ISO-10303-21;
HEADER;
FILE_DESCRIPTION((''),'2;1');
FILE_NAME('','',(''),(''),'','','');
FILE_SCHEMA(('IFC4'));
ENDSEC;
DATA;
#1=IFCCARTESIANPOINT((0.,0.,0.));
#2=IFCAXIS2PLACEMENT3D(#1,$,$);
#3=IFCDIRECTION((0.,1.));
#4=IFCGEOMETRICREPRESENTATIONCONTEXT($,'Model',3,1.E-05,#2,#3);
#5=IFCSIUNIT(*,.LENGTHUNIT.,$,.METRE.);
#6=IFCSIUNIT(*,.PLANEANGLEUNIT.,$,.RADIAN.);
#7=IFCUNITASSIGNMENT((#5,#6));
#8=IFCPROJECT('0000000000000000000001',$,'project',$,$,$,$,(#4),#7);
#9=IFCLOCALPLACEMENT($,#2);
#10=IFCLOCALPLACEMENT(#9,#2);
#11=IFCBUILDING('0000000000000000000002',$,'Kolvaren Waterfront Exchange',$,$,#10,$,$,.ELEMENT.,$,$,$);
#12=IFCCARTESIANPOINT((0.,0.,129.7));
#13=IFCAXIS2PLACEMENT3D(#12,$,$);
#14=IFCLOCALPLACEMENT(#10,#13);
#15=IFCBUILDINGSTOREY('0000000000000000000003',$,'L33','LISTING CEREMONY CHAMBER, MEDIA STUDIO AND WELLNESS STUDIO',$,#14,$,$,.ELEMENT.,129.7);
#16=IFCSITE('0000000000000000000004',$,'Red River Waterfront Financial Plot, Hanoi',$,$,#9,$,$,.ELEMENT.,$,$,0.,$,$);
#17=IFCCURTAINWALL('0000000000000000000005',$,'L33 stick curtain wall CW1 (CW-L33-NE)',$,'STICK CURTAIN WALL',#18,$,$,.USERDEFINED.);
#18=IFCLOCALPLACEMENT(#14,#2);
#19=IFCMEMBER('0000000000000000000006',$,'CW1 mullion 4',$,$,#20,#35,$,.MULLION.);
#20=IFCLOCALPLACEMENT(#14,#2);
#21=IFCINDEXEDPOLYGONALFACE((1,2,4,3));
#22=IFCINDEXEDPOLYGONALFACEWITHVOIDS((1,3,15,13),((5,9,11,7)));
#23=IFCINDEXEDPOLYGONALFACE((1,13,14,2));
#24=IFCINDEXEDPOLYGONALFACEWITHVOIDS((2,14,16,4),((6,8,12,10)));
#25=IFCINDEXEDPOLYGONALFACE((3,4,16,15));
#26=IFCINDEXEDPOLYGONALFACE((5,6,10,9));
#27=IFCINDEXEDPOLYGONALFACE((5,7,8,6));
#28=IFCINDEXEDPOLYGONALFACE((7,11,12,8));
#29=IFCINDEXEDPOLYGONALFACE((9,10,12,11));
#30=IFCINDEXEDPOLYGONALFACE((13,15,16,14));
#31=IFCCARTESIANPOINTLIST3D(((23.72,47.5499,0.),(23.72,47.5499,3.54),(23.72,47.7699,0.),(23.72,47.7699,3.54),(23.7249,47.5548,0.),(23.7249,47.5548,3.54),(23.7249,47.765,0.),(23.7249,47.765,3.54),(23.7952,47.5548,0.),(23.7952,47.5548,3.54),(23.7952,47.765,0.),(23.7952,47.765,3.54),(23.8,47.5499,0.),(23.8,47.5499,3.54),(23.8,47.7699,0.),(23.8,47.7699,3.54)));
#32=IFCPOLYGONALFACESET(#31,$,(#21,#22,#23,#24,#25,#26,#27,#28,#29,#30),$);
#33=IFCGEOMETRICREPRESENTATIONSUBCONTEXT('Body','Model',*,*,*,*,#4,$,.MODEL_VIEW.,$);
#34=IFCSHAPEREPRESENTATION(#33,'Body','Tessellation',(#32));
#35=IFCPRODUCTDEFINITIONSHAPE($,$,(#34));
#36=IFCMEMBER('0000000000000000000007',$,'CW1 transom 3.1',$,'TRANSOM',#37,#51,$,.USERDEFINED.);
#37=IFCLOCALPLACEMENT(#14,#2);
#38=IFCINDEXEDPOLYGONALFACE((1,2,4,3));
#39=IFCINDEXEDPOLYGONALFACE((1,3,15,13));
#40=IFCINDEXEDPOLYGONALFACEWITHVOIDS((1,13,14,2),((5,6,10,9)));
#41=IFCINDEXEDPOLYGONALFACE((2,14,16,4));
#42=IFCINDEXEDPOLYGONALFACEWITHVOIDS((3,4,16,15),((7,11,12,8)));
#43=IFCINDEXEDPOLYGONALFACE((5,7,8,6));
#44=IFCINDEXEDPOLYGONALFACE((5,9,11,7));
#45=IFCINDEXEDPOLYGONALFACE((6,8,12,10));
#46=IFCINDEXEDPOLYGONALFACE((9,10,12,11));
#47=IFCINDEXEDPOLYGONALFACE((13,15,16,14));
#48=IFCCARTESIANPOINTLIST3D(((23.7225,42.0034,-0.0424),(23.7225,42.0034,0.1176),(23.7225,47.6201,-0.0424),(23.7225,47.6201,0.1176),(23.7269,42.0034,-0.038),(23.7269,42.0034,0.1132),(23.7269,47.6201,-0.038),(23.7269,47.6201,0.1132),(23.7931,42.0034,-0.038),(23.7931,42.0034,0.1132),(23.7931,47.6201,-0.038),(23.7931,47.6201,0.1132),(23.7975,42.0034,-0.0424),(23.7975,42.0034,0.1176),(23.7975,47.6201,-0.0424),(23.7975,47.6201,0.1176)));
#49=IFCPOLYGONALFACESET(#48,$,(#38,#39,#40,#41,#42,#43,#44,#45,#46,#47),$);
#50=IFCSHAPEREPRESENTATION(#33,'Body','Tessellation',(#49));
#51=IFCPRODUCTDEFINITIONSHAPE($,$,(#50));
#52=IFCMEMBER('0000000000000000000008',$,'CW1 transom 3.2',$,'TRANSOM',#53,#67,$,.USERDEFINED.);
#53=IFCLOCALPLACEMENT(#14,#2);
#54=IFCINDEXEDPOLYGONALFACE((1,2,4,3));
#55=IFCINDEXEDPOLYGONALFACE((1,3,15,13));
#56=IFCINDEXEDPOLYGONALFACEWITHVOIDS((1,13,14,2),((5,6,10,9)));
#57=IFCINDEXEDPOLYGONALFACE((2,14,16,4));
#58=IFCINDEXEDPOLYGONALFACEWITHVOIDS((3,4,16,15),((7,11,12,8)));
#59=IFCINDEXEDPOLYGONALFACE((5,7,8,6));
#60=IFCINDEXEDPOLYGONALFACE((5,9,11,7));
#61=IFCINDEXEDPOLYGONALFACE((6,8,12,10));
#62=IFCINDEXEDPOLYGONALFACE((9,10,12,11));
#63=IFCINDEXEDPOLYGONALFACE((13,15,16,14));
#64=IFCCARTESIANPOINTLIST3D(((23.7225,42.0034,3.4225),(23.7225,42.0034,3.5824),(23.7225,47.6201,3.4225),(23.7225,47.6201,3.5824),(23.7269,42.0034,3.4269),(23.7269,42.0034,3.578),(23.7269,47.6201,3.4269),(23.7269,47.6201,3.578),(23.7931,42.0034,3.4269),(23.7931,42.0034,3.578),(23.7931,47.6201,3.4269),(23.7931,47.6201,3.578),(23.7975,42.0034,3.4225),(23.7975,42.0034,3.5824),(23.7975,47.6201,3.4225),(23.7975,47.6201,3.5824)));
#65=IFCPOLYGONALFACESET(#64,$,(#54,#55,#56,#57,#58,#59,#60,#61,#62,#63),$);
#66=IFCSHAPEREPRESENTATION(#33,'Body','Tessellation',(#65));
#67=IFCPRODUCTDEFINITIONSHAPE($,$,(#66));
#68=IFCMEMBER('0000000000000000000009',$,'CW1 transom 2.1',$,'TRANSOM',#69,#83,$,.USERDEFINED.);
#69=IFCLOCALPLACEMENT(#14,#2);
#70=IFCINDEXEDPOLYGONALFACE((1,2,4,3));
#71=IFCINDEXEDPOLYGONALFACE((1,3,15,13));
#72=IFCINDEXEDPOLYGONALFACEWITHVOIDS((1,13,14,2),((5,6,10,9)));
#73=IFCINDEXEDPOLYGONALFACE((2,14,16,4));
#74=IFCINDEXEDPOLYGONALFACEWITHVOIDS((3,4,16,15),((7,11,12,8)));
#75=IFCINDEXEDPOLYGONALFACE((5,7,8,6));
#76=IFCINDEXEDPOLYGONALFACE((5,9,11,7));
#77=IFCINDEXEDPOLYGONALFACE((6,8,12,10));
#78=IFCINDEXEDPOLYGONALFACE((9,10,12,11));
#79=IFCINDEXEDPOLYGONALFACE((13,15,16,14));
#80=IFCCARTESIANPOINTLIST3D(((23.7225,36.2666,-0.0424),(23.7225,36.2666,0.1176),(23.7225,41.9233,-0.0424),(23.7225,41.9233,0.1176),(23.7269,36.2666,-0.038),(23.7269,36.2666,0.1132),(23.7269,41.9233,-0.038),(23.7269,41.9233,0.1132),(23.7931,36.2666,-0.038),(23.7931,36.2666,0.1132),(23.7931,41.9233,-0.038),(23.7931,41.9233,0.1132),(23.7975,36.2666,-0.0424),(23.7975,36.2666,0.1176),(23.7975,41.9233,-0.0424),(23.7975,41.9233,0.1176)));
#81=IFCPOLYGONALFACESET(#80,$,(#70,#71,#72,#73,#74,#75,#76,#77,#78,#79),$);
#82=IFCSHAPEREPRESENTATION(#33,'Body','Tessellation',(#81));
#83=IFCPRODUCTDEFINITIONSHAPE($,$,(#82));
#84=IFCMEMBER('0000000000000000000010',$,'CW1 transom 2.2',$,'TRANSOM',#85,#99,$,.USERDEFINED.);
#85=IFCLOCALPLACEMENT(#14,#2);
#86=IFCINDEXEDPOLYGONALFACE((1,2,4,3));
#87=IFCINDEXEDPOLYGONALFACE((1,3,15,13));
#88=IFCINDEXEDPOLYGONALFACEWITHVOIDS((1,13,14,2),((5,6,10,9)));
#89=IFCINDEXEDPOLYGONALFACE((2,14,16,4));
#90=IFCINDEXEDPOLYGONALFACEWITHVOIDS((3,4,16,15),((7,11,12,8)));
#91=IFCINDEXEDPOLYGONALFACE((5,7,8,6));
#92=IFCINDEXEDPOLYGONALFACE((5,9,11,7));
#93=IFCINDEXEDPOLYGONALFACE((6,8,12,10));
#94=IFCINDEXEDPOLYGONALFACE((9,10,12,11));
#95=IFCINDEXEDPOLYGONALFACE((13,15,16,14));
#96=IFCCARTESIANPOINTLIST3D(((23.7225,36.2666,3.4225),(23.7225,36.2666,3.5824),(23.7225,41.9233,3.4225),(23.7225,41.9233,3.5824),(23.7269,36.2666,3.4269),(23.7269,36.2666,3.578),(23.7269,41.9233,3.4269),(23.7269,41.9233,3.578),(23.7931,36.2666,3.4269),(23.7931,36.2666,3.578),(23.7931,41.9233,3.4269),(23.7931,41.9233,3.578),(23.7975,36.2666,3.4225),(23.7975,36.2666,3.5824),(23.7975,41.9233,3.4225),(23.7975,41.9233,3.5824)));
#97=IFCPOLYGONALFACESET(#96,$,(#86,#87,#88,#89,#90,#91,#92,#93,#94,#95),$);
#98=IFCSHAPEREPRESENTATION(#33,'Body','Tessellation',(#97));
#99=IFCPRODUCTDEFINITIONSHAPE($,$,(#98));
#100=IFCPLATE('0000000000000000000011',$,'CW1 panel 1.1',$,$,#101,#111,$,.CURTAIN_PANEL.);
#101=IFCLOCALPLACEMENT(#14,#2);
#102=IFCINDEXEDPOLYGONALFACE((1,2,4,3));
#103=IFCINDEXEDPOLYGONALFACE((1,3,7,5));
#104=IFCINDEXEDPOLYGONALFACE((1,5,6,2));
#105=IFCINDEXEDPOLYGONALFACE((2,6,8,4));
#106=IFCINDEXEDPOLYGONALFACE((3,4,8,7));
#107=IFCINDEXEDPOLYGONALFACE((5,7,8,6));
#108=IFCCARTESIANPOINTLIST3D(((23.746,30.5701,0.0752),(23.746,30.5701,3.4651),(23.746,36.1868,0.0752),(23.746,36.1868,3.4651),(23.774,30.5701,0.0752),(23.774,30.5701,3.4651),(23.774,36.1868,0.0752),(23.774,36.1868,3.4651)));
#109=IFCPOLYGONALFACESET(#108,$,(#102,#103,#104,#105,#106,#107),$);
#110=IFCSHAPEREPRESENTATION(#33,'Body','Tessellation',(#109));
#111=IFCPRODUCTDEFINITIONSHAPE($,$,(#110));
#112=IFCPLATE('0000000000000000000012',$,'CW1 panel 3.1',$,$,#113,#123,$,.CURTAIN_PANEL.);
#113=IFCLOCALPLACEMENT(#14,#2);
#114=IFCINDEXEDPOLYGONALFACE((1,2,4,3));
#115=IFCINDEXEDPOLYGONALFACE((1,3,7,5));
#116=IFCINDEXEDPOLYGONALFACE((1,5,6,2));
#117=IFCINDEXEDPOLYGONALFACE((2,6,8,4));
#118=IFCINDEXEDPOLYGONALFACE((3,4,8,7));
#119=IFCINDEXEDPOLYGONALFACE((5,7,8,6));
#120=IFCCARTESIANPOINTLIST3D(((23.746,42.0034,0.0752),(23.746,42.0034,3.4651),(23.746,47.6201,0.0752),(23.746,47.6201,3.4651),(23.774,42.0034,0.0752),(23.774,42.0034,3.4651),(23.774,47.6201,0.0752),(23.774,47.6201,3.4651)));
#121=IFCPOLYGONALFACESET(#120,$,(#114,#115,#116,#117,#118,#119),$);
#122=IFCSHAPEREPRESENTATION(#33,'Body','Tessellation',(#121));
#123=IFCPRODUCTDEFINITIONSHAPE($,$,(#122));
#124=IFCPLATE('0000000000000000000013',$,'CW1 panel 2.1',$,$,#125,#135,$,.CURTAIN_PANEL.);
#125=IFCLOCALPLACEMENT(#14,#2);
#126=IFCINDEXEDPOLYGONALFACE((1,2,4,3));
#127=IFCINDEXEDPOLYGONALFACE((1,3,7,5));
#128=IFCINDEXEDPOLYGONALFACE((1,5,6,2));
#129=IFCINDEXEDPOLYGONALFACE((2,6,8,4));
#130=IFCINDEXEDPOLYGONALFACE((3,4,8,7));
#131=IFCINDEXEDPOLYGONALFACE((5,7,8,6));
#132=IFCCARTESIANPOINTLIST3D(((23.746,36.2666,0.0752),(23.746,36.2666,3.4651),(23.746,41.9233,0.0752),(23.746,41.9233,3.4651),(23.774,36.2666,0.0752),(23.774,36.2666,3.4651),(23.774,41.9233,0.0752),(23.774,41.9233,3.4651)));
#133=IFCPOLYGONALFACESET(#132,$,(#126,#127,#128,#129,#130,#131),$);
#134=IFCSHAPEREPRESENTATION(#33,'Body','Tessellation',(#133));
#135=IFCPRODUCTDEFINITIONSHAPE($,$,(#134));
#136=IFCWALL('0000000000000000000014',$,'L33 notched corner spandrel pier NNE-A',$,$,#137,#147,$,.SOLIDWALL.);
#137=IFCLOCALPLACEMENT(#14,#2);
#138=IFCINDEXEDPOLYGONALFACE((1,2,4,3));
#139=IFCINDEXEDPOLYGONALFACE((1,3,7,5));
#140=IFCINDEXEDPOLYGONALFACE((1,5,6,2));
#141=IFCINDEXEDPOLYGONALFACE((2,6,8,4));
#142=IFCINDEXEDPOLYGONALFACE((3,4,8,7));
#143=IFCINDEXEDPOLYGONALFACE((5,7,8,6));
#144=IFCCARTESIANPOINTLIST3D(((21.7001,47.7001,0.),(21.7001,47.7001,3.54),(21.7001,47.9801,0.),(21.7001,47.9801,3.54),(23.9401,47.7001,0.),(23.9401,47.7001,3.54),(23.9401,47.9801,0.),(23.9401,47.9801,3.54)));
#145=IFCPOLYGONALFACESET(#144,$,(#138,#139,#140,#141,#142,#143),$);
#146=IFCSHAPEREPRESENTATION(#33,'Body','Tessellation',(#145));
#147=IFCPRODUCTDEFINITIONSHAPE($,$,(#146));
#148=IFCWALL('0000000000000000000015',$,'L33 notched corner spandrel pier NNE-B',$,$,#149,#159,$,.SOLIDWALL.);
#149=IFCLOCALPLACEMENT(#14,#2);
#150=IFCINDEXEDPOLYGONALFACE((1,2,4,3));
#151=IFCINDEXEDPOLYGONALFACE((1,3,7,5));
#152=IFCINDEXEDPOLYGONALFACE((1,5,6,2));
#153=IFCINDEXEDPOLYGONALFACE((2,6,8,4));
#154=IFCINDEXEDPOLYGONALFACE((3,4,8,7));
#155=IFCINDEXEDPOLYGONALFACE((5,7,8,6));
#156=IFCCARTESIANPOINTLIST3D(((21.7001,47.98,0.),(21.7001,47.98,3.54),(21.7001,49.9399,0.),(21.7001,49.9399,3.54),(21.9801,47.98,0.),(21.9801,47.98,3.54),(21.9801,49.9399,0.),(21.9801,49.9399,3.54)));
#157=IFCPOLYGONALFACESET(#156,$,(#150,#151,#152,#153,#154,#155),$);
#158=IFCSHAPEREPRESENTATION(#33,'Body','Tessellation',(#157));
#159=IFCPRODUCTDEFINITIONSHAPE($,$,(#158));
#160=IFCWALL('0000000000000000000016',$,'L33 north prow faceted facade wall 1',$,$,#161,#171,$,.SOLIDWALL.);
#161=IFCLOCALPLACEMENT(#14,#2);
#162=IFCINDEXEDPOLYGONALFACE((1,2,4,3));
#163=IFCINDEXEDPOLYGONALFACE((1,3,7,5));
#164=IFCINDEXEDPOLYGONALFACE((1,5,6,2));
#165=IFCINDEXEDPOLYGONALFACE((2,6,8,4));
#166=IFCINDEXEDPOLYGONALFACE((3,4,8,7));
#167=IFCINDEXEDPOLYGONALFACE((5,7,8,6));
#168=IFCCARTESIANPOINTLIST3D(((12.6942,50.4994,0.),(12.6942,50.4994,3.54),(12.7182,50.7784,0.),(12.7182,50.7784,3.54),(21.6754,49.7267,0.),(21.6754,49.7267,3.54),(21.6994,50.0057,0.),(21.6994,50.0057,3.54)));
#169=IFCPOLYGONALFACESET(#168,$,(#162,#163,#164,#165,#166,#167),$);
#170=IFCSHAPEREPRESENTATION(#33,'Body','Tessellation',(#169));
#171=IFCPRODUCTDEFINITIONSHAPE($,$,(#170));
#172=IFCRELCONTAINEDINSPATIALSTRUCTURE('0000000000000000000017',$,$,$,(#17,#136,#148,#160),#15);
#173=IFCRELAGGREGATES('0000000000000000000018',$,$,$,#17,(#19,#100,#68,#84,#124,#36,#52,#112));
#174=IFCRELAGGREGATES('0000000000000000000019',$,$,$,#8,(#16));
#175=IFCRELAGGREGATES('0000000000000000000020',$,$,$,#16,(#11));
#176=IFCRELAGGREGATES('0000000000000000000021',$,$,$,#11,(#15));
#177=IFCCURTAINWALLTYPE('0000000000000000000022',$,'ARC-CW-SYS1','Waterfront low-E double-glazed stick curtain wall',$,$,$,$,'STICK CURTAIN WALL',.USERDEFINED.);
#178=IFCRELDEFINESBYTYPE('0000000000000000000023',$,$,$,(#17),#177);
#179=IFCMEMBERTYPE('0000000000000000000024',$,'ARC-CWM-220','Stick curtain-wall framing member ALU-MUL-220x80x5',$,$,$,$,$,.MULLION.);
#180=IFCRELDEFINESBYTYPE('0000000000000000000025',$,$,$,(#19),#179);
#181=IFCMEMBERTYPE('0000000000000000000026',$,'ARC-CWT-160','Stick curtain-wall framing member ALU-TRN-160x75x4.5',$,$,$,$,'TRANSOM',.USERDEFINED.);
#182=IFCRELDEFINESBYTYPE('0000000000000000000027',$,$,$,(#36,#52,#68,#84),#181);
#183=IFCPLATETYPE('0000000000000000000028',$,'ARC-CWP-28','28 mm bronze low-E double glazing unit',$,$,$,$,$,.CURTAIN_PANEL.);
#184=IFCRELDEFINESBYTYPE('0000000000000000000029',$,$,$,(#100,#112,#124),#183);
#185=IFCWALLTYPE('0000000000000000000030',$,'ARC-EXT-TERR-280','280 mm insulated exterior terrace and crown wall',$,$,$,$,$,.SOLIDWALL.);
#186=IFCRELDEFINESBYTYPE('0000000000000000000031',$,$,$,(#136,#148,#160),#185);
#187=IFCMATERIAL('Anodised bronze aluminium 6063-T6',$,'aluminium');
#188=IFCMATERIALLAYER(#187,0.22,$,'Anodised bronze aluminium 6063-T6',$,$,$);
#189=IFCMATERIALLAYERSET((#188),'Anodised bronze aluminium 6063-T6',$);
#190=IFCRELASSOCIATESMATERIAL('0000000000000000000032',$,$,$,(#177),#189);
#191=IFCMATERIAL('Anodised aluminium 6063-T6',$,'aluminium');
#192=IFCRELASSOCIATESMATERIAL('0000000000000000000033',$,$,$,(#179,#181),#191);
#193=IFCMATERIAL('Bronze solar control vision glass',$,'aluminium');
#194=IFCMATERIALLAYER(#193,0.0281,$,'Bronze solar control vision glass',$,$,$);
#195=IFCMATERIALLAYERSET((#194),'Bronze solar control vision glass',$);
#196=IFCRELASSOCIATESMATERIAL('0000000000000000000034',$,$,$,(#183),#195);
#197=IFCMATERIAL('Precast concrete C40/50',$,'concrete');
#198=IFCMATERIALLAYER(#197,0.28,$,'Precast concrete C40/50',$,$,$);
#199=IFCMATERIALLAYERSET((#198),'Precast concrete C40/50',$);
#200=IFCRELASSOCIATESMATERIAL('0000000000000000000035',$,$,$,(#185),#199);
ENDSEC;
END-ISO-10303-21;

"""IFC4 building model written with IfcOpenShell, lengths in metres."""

from ifc_helpers import new_model, si_unit, direction, frame, frame_2d, origin, origin_with_axes, origin_2d, place, context, subcontext, project, spatial, rectangle, hollow_rectangle, extrude, source, transform, mapped, material, layer, layer_set, material_profile, profile_set, type_object, element, aggregate, save


model = new_model("IFC4")

# Units and contexts
model_context = context("Model", 3, precision=1e-05, world=origin(), true_north=direction((0.0, 1.0)))
body_context = subcontext(model_context, "Body", "Model", "MODEL_VIEW")
ifc_project = project(units=[si_unit("LENGTHUNIT", "METRE"), si_unit("PLANEANGLEUNIT", "RADIAN")], contexts=[model_context])

# Site, building, storey
site_placement = place(None, origin())
site = spatial("IfcSite", under=ifc_project, at=site_placement, Name="Red River Waterfront Financial Plot, Hanoi", CompositionType="ELEMENT", RefElevation=0.0)
building_placement = place(site_placement, origin())
building = spatial("IfcBuilding", under=site, at=building_placement, Name="Kolvaren Waterfront Exchange", CompositionType="ELEMENT")
storey_placement = place(building_placement, frame((0.0, 0.0, 129.7)))
storey = spatial("IfcBuildingStorey", under=building, at=storey_placement, Name="L33", Description="LISTING CEREMONY CHAMBER, MEDIA STUDIO AND WELLNESS STUDIO", CompositionType="ELEMENT", Elevation=129.7)

# Curtain wall, members, plates
ifc_material_1 = material(Name="Anodised bronze aluminium 6063-T6", Category="aluminium")
ifc_layer_1 = layer(ifc_material_1, 0.22, Name="Anodised bronze aluminium 6063-T6")
ifc_layer_set_1 = layer_set([ifc_layer_1], Name="Anodised bronze aluminium 6063-T6")
curtain_wall_type = type_object("IfcCurtainWallType", Name="ARC-CW-SYS1", Description="Waterfront low-E double-glazed stick curtain wall", ElementType="STICK CURTAIN WALL", PredefinedType="USERDEFINED", material=ifc_layer_set_1)
curtain_wall_placement = place(storey_placement, origin())
curtain_wall = element("IfcCurtainWall", 1, at=curtain_wall_placement, inside=storey, type_object=curtain_wall_type, Name="L33 stick curtain wall CW1 (CW-L33-NE)", ObjectType="STICK CURTAIN WALL", PredefinedType="USERDEFINED")
ifc_material_2 = material(Name="Anodised aluminium 6063-T6", Category="aluminium")
ifc_material_profile_1 = material_profile(ifc_material_2, hollow_rectangle(XDim=0.0801, YDim=0.22, WallThickness=0.0049, at=origin_2d()), Name="ALU-MUL-220x80x5")
ifc_profile_set_1 = profile_set([ifc_material_profile_1], Name="Anodised aluminium 6063-T6")
member_type_1 = type_object("IfcMemberType", Name="ARC-CWM-220", Description="Stick curtain-wall framing member ALU-MUL-220x80x5", PredefinedType="MULLION", material=ifc_profile_set_1)
shared_shape_1 = source(origin_with_axes(), body_context, "Body", "SweptSolid", [
    extrude(hollow_rectangle(XDim=0.0801, YDim=0.22, WallThickness=0.0049, at=origin_2d()), origin(), (0.0, 0.0, 1.0), 3.54),
])
member_1_placement = place(storey_placement, frame((23.76, 47.6599, 0.0), z_axis=(0.0, 0.0, 1.0), x_axis=(-1.0, 0.0, 0.0)))
member_1 = element("IfcMember", 2, at=member_1_placement, type_object=member_type_1, Name="CW1 mullion 4", PredefinedType="MULLION", context=body_context, shape_type="MappedRepresentation", body=[
    mapped(shared_shape_1, transform((0.0, 0.0, 0.0), x_axis=(1.0, 0.0, 0.0), y_axis=(0.0, 1.0, 0.0), z_axis=(0.0, 0.0, 1.0), scale=1.0)),
])
ifc_material_profile_2 = material_profile(ifc_material_2, hollow_rectangle(XDim=0.075, YDim=0.1599, WallThickness=0.0044, at=origin_2d()), Name="ALU-TRN-160x75x4.5")
ifc_profile_set_2 = profile_set([ifc_material_profile_2], Name="Anodised aluminium 6063-T6")
member_type_2 = type_object("IfcMemberType", Name="ARC-CWT-160", Description="Stick curtain-wall framing member ALU-TRN-160x75x4.5", ElementType="TRANSOM", PredefinedType="USERDEFINED", material=ifc_profile_set_2)
shared_shape_2 = source(origin_with_axes(), body_context, "Body", "SweptSolid", [
    extrude(hollow_rectangle(XDim=0.075, YDim=0.1599, WallThickness=0.0044, at=origin_2d()), origin(), (0.0, 0.0, 1.0), 5.6167),
])
member_2_placement = place(storey_placement, frame((23.76, 42.0034, 0.0376), z_axis=(0.0, 1.0, 0.0), x_axis=(-1.0, 0.0, 0.0)))
member_2 = element("IfcMember", 3, at=member_2_placement, type_object=member_type_2, Name="CW1 transom 3.1", ObjectType="TRANSOM", PredefinedType="USERDEFINED", context=body_context, shape_type="MappedRepresentation", body=[
    mapped(shared_shape_2, transform((0.0, 0.0, 0.0), x_axis=(1.0, 0.0, 0.0), y_axis=(0.0, 1.0, 0.0), z_axis=(0.0, 0.0, 1.0), scale=1.0)),
])
member_3_placement = place(storey_placement, frame((23.76, 42.0034, 3.5024), z_axis=(0.0, 1.0, 0.0), x_axis=(-1.0, 0.0, 0.0)))
member_3 = element("IfcMember", 4, at=member_3_placement, type_object=member_type_2, Name="CW1 transom 3.2", ObjectType="TRANSOM", PredefinedType="USERDEFINED", context=body_context, shape_type="MappedRepresentation", body=[
    mapped(shared_shape_2, transform((0.0, 0.0, 0.0), x_axis=(1.0, 0.0, 0.0), y_axis=(0.0, 1.0, 0.0), z_axis=(0.0, 0.0, 1.0), scale=1.0)),
])
shared_shape_3 = source(origin_with_axes(), body_context, "Body", "SweptSolid", [
    extrude(hollow_rectangle(XDim=0.075, YDim=0.1599, WallThickness=0.0044, at=origin_2d()), origin(), (0.0, 0.0, 1.0), 5.6567),
])
member_4_placement = place(storey_placement, frame((23.76, 36.2666, 0.0376), z_axis=(0.0, 1.0, 0.0), x_axis=(-1.0, 0.0, 0.0)))
member_4 = element("IfcMember", 5, at=member_4_placement, type_object=member_type_2, Name="CW1 transom 2.1", ObjectType="TRANSOM", PredefinedType="USERDEFINED", context=body_context, shape_type="MappedRepresentation", body=[
    mapped(shared_shape_3, transform((0.0, 0.0, 0.0), x_axis=(1.0, 0.0, 0.0), y_axis=(0.0, 1.0, 0.0), z_axis=(0.0, 0.0, 1.0), scale=1.0)),
])
member_5_placement = place(storey_placement, frame((23.76, 36.2666, 3.5024), z_axis=(0.0, 1.0, 0.0), x_axis=(-1.0, 0.0, 0.0)))
member_5 = element("IfcMember", 6, at=member_5_placement, type_object=member_type_2, Name="CW1 transom 2.2", ObjectType="TRANSOM", PredefinedType="USERDEFINED", context=body_context, shape_type="MappedRepresentation", body=[
    mapped(shared_shape_3, transform((0.0, 0.0, 0.0), x_axis=(1.0, 0.0, 0.0), y_axis=(0.0, 1.0, 0.0), z_axis=(0.0, 0.0, 1.0), scale=1.0)),
])
ifc_material_3 = material(Name="Bronze solar control vision glass", Category="aluminium")
ifc_layer_2 = layer(ifc_material_3, 0.0281, Name="Bronze solar control vision glass")
ifc_layer_set_2 = layer_set([ifc_layer_2], Name="Bronze solar control vision glass")
plate_type = type_object("IfcPlateType", Name="ARC-CWP-28", Description="28 mm bronze low-E double glazing unit", PredefinedType="CURTAIN_PANEL", material=ifc_layer_set_2)
shared_shape_4 = source(origin_with_axes(), body_context, "Body", "SweptSolid", [
    extrude(rectangle(XDim=5.6167, YDim=0.0281, at=origin_2d()), origin(), (0.0, 0.0, 1.0), 3.3899),
])
plate_1_placement = place(storey_placement, frame((23.76, 33.3784, 0.0752), z_axis=(0.0, 0.0, 1.0), x_axis=(0.0, 1.0, 0.0)))
plate_1 = element("IfcPlate", 7, at=plate_1_placement, type_object=plate_type, Name="CW1 panel 1.1", PredefinedType="CURTAIN_PANEL", context=body_context, shape_type="MappedRepresentation", body=[
    mapped(shared_shape_4, transform((0.0, 0.0, 0.0), x_axis=(1.0, 0.0, 0.0), y_axis=(0.0, 1.0, 0.0), z_axis=(0.0, 0.0, 1.0), scale=1.0)),
])
plate_2_placement = place(storey_placement, frame((23.76, 44.8118, 0.0752), z_axis=(0.0, 0.0, 1.0), x_axis=(0.0, 1.0, 0.0)))
plate_2 = element("IfcPlate", 8, at=plate_2_placement, type_object=plate_type, Name="CW1 panel 3.1", PredefinedType="CURTAIN_PANEL", context=body_context, shape_type="MappedRepresentation", body=[
    mapped(shared_shape_4, transform((0.0, 0.0, 0.0), x_axis=(1.0, 0.0, 0.0), y_axis=(0.0, 1.0, 0.0), z_axis=(0.0, 0.0, 1.0), scale=1.0)),
])
shared_shape_5 = source(origin_with_axes(), body_context, "Body", "SweptSolid", [
    extrude(rectangle(XDim=5.6567, YDim=0.0281, at=origin_2d()), origin(), (0.0, 0.0, 1.0), 3.3899),
])
plate_3_placement = place(storey_placement, frame((23.76, 39.095, 0.0752), z_axis=(0.0, 0.0, 1.0), x_axis=(0.0, 1.0, 0.0)))
plate_3 = element("IfcPlate", 9, at=plate_3_placement, type_object=plate_type, Name="CW1 panel 2.1", PredefinedType="CURTAIN_PANEL", context=body_context, shape_type="MappedRepresentation", body=[
    mapped(shared_shape_5, transform((0.0, 0.0, 0.0), x_axis=(1.0, 0.0, 0.0), y_axis=(0.0, 1.0, 0.0), z_axis=(0.0, 0.0, 1.0), scale=1.0)),
])
aggregate(curtain_wall, [member_1, plate_1, member_4, member_5, plate_3, member_2, member_3, plate_2])

# Walls
ifc_material_4 = material(Name="Precast concrete C40/50", Category="concrete")
ifc_layer_3 = layer(ifc_material_4, 0.28, Name="Precast concrete C40/50")
ifc_layer_set_3 = layer_set([ifc_layer_3], Name="Precast concrete C40/50")
wall_type = type_object("IfcWallType", Name="ARC-EXT-TERR-280", Description="280 mm insulated exterior terrace and crown wall", PredefinedType="SOLIDWALL", material=ifc_layer_set_3)
wall_1_placement = place(storey_placement, frame((21.7, 47.8401, 0.0), z_axis=(0.0, 0.0, 1.0), x_axis=(1.0, 0.0, 0.0)))
element("IfcWall", 10, at=wall_1_placement, inside=storey, type_object=wall_type, Name="L33 notched corner spandrel pier NNE-A", PredefinedType="SOLIDWALL", context=body_context, shape_type="SweptSolid", body=[
    extrude(rectangle(XDim=2.24, YDim=0.28, at=frame_2d((1.1201, 0.0))), origin(), (0.0, 0.0, 1.0), 3.54),
])
wall_2_placement = place(storey_placement, frame((21.8401, 47.98, 0.0), z_axis=(0.0, 0.0, 1.0), x_axis=(0.0, 1.0, 0.0)))
element("IfcWall", 11, at=wall_2_placement, inside=storey, type_object=wall_type, Name="L33 notched corner spandrel pier NNE-B", PredefinedType="SOLIDWALL", context=body_context, shape_type="SweptSolid", body=[
    extrude(rectangle(XDim=1.96, YDim=0.28, at=frame_2d((0.98, 0.0))), origin(), (0.0, 0.0, 1.0), 3.54),
])
wall_3_placement = place(storey_placement, frame((21.6875, 49.8662, 0.0), z_axis=(0.0, 0.0, 1.0), x_axis=(-0.996319, 0.085719, 0.0)))
element("IfcWall", 12, at=wall_3_placement, inside=storey, type_object=wall_type, Name="L33 north prow faceted facade wall 1", PredefinedType="SOLIDWALL", context=body_context, shape_type="SweptSolid", body=[
    extrude(rectangle(XDim=9.0144, YDim=0.28, at=frame_2d((4.5073, 0.0))), origin(), (0.0, 0.0, 1.0), 3.54),
])

save(model, "model.ifc")
